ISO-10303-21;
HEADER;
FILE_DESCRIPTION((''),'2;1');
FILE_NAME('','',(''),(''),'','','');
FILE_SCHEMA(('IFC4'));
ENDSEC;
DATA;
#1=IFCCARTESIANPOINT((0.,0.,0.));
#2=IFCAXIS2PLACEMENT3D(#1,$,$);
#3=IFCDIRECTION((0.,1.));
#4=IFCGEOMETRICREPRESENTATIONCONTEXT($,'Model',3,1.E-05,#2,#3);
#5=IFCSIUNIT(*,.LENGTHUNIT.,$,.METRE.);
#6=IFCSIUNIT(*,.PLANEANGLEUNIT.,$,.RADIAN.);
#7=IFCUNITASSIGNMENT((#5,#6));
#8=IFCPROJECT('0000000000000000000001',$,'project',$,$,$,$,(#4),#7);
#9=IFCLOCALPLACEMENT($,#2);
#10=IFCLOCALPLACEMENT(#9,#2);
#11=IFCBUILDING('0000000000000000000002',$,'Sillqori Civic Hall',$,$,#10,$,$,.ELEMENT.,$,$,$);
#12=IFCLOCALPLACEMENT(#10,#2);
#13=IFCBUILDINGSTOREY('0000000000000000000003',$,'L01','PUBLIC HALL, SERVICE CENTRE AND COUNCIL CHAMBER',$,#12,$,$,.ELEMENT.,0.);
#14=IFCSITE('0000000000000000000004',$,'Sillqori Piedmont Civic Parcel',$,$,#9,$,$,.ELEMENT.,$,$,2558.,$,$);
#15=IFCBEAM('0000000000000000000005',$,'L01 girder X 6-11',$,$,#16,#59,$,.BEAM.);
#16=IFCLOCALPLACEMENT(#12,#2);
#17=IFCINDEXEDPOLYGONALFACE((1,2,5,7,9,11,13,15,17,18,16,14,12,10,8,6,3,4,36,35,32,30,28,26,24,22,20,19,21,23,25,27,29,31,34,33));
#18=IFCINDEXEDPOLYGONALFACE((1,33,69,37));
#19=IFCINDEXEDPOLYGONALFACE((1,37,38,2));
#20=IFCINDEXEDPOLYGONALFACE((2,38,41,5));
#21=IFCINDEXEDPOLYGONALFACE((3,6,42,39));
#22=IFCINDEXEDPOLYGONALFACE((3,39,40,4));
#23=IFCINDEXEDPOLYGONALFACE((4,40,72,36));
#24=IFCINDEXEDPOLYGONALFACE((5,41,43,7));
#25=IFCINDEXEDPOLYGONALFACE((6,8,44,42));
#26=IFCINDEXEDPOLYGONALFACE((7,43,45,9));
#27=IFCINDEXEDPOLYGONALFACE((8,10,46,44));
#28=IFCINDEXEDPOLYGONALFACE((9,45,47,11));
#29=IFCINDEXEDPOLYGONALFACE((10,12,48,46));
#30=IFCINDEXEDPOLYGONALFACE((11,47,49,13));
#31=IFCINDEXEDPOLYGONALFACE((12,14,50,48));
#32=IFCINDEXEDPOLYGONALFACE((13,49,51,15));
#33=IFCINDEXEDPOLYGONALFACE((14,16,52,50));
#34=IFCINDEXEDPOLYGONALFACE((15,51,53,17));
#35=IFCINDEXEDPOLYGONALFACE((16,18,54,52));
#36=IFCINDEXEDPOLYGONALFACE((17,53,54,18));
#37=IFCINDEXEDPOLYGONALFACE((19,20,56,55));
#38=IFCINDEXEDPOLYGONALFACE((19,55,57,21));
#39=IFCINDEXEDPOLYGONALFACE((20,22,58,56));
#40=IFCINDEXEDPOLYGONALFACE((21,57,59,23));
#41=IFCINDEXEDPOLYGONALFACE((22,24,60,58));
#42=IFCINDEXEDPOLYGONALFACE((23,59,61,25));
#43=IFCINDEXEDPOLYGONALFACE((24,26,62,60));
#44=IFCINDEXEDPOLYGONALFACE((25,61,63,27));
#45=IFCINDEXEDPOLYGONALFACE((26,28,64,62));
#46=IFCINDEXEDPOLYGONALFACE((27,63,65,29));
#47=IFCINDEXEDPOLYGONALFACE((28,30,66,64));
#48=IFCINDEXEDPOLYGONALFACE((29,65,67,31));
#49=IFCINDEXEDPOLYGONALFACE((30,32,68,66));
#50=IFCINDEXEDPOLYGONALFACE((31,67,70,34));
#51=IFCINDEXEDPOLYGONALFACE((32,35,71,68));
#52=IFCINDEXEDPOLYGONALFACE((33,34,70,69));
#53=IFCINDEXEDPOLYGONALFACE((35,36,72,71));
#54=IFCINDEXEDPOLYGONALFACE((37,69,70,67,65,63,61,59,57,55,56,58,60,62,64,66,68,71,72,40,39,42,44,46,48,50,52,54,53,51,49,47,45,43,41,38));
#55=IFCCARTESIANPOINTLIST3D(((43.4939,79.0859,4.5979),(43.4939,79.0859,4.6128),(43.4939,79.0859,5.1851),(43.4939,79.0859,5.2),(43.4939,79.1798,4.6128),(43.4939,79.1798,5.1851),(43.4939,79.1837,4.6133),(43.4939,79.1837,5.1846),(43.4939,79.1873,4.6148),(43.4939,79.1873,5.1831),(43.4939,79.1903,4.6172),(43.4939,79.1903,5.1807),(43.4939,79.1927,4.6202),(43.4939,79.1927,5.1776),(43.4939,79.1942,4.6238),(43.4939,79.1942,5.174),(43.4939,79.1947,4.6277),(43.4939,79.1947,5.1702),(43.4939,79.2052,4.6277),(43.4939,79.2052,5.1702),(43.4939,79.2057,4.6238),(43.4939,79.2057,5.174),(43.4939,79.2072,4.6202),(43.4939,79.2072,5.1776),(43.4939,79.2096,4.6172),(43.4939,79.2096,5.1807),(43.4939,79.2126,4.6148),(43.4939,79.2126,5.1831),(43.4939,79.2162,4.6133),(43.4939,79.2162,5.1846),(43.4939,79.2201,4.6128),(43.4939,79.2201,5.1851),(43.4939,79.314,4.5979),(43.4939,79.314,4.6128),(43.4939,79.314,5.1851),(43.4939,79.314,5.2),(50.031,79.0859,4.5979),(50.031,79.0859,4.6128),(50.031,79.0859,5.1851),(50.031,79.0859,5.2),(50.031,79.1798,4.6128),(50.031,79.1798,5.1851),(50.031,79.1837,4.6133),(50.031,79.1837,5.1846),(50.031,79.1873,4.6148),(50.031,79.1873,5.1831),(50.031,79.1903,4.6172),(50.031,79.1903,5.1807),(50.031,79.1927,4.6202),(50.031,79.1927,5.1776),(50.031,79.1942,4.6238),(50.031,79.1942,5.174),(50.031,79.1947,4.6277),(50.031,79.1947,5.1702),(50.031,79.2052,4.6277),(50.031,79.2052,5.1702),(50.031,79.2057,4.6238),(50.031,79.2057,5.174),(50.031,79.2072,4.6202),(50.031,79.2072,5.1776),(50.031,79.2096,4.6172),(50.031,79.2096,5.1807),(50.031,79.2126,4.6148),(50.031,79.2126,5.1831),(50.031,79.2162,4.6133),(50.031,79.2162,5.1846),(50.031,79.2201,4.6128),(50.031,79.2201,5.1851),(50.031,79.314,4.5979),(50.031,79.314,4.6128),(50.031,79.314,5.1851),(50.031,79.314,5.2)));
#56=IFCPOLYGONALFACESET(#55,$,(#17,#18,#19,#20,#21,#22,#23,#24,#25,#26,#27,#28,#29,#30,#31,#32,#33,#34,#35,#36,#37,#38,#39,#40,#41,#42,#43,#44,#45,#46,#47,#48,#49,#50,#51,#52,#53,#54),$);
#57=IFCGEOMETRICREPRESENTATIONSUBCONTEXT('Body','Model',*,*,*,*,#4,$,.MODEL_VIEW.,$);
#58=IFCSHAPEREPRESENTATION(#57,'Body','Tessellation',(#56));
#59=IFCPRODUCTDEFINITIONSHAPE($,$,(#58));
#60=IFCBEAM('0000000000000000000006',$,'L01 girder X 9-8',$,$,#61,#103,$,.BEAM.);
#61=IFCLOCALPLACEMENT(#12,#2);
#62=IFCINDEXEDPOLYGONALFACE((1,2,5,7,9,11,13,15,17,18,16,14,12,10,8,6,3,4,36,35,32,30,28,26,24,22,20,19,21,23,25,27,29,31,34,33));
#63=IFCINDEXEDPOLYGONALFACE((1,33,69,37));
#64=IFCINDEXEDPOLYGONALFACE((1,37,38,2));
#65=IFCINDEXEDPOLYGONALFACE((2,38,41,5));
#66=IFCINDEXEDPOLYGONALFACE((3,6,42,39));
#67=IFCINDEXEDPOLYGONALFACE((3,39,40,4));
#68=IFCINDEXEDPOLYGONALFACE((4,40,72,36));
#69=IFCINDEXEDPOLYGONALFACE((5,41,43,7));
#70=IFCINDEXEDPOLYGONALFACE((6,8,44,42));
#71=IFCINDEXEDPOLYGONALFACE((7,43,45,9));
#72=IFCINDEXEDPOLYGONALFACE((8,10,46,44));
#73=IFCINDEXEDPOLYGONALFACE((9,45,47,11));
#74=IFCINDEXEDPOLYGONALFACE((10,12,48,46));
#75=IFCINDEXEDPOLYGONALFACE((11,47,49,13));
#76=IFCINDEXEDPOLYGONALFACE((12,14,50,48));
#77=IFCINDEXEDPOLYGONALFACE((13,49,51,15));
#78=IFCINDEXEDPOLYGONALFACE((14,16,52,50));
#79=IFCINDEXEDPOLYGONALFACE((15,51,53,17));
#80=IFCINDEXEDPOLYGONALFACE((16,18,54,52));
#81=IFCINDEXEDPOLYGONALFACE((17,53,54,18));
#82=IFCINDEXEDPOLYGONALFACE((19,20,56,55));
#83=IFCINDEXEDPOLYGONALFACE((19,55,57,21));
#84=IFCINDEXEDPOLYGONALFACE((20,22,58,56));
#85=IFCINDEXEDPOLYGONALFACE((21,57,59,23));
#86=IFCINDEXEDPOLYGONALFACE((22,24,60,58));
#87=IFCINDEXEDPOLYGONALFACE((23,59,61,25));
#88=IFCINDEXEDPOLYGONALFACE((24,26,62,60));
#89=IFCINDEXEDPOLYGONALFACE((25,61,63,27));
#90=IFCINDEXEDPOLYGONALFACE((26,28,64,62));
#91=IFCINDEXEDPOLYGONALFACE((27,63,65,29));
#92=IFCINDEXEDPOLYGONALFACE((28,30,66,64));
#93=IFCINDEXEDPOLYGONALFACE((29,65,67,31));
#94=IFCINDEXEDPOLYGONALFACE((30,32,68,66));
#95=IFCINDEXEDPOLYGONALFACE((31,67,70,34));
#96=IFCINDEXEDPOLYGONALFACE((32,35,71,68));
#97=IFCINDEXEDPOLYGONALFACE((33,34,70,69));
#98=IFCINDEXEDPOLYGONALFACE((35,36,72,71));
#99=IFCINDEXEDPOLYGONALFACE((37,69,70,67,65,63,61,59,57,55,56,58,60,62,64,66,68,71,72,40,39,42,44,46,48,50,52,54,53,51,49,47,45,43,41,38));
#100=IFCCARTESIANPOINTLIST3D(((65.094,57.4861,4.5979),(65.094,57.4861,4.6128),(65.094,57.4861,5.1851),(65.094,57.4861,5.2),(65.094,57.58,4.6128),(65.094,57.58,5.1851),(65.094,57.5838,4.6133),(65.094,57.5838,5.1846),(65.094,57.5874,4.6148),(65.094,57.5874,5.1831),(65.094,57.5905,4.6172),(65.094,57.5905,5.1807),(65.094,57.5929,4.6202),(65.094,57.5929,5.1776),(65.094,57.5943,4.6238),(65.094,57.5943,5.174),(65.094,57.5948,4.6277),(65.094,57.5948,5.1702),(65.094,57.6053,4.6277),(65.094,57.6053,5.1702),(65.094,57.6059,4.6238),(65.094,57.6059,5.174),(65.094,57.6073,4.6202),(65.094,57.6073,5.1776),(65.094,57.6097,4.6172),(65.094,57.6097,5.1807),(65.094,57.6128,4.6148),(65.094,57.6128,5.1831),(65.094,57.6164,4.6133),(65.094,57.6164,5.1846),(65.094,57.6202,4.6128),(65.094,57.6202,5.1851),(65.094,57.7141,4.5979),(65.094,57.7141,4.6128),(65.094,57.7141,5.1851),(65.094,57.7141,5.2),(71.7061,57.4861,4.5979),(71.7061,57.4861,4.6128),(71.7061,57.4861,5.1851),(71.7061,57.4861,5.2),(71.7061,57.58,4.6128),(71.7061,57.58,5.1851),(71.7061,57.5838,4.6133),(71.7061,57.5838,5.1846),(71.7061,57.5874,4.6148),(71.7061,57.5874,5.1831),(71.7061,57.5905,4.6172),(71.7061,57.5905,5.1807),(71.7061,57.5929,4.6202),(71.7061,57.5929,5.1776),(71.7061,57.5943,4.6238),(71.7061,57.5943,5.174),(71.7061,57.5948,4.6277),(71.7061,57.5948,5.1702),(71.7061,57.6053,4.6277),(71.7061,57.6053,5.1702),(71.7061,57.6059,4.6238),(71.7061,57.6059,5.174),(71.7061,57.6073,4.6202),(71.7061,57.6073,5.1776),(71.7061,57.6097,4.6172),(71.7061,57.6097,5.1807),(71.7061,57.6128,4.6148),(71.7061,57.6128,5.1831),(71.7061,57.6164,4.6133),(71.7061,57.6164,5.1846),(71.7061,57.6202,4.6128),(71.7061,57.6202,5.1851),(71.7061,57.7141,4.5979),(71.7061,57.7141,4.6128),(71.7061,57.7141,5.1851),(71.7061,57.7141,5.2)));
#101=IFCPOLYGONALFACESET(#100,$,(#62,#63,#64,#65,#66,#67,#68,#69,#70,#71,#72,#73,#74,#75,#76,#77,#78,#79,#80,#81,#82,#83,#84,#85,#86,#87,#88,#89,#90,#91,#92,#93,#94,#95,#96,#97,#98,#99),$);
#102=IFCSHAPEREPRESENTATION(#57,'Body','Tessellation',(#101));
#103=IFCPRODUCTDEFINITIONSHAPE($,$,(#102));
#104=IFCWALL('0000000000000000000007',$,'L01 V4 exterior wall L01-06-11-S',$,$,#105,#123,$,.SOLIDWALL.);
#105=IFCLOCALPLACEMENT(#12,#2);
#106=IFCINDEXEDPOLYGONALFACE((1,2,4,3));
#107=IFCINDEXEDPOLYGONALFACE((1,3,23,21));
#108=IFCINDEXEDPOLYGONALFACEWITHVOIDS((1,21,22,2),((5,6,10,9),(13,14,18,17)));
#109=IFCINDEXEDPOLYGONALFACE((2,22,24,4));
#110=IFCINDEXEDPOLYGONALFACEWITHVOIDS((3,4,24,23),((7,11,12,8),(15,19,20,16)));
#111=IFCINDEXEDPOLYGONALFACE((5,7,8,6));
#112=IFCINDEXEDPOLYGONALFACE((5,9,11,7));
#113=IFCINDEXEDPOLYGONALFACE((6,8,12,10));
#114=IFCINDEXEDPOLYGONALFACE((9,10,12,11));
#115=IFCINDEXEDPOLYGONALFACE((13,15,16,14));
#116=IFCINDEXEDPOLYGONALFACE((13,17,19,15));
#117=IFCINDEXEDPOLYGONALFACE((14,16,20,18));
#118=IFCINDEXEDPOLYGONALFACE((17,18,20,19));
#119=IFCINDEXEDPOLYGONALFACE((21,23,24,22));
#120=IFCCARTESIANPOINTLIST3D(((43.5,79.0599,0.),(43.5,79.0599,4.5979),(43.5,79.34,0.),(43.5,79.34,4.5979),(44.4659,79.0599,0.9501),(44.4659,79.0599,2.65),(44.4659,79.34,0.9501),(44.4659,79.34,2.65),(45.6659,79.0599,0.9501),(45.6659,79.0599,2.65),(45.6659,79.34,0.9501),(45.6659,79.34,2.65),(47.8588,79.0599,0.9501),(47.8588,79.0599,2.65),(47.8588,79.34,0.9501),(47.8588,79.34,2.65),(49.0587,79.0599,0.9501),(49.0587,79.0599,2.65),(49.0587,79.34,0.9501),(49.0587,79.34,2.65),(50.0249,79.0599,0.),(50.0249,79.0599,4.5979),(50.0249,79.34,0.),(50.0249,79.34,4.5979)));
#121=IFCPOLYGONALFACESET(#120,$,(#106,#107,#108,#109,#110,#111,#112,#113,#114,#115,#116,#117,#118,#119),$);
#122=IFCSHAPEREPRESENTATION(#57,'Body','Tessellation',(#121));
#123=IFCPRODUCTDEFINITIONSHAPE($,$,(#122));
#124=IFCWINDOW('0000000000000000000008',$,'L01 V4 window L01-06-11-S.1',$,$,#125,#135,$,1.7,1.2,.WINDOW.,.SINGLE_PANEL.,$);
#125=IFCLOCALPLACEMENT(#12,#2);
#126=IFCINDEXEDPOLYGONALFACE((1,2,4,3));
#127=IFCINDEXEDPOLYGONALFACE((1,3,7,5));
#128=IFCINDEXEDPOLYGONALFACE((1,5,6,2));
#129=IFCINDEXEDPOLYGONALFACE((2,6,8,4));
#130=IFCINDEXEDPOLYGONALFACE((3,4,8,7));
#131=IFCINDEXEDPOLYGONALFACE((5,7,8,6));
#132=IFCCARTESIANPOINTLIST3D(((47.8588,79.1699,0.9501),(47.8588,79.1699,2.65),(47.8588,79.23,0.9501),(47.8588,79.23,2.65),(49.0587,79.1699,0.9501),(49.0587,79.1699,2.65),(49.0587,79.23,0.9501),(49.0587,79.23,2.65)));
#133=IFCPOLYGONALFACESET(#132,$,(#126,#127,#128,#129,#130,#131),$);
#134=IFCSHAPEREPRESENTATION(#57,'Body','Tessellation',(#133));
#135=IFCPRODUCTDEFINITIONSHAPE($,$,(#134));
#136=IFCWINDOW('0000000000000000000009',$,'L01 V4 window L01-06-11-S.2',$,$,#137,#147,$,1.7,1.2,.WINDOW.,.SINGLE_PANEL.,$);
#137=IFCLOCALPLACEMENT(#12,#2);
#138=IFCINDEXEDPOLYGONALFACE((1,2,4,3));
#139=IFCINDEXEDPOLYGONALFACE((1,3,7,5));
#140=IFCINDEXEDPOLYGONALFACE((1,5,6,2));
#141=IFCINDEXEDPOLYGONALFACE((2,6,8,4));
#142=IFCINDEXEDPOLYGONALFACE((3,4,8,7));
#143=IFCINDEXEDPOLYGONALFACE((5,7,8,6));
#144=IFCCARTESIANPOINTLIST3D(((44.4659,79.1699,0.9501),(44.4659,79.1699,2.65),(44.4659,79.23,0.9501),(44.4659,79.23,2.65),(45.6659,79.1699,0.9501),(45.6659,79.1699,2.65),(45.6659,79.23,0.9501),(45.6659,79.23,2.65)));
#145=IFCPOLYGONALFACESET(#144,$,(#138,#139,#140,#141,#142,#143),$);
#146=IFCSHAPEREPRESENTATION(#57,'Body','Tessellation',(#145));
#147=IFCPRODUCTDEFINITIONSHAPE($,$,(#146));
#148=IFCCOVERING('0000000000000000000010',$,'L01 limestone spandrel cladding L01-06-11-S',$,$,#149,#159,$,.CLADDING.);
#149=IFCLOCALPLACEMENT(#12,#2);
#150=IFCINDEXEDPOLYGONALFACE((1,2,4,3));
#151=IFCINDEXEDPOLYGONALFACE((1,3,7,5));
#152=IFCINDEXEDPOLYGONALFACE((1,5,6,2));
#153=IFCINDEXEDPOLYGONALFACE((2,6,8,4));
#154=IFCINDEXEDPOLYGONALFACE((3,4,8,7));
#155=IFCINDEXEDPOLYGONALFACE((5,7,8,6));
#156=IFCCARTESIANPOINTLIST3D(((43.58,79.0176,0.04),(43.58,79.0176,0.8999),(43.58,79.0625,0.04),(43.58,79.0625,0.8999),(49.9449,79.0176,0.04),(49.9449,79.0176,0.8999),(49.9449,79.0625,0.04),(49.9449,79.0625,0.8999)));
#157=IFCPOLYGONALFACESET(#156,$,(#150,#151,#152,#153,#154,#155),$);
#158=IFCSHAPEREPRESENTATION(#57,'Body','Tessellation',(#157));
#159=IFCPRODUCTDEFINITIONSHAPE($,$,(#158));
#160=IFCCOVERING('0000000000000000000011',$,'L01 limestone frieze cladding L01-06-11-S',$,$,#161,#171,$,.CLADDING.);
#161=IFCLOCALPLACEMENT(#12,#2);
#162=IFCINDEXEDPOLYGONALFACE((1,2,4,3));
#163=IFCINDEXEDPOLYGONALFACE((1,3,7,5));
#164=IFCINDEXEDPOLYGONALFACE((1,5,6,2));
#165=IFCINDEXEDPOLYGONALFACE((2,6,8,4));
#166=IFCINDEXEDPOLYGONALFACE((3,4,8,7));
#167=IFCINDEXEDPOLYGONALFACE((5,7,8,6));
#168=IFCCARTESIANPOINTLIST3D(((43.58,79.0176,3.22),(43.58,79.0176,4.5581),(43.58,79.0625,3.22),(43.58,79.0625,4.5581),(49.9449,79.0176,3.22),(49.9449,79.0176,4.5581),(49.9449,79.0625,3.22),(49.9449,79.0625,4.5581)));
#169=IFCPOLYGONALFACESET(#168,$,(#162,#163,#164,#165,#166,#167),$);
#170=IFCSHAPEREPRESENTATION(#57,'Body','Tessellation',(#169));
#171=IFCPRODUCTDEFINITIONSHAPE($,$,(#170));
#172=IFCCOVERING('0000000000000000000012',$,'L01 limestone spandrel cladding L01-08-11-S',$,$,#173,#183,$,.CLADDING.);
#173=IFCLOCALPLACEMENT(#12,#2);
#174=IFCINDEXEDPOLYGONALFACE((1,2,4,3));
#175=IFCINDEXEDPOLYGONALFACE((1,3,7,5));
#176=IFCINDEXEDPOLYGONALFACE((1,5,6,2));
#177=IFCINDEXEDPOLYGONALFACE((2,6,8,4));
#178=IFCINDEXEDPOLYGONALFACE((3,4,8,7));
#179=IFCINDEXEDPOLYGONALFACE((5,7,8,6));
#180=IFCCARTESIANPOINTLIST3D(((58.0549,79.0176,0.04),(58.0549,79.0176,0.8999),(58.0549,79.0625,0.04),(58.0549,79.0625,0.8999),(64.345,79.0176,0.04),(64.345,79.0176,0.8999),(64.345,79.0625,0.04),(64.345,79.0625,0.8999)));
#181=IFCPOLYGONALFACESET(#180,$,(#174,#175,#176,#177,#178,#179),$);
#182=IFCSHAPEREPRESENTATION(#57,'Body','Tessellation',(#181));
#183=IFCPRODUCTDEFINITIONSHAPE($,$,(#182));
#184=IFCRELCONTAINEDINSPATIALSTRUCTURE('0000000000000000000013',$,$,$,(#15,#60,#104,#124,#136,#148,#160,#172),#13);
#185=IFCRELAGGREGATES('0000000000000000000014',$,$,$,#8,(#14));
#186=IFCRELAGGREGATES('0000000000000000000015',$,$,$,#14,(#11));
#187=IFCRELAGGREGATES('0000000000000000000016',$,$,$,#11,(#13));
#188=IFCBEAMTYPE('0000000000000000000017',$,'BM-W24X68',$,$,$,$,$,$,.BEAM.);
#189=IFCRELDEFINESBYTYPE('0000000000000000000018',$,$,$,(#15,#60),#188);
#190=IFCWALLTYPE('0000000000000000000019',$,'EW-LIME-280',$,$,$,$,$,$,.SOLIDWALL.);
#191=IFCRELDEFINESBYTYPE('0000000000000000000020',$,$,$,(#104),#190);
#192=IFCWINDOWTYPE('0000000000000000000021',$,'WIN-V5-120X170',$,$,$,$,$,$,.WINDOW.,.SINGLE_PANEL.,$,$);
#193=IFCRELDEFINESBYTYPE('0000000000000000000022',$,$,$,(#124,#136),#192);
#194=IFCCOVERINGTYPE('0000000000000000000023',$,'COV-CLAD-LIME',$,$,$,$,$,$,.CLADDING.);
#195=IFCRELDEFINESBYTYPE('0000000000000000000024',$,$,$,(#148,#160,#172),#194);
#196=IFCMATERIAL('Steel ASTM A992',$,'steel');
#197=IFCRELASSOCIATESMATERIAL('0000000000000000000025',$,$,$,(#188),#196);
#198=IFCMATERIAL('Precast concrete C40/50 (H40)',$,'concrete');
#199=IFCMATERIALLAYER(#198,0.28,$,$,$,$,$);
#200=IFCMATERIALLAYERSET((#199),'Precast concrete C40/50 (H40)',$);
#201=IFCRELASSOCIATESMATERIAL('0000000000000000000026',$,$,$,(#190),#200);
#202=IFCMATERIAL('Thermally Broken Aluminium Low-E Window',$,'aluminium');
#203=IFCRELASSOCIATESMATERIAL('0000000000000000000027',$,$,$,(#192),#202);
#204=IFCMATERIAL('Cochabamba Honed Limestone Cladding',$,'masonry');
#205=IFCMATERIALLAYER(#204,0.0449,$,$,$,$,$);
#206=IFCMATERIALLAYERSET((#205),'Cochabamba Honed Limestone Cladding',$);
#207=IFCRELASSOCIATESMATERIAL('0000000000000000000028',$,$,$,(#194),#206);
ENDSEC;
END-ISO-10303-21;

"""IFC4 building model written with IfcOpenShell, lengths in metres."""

from ifc_helpers import new_model, si_unit, direction, frame, frame_2d, origin, origin_2d, place, context, subcontext, project, spatial, rectangle, i_section, extrude, material, layer, layer_set, material_profile, profile_set, type_object, element, fill, save


model = new_model("IFC4")

# Units and contexts
model_context = context("Model", 3, precision=1e-05, world=origin(), true_north=direction((0.0, 1.0)))
body_context = subcontext(model_context, "Body", "Model", "MODEL_VIEW")
ifc_project = project(units=[si_unit("LENGTHUNIT", "METRE"), si_unit("PLANEANGLEUNIT", "RADIAN")], contexts=[model_context])

# Site, building, storey
site_placement = place(None, origin())
site = spatial("IfcSite", under=ifc_project, at=site_placement, Name="Sillqori Piedmont Civic Parcel", CompositionType="ELEMENT", RefElevation=2558.0)
building_placement = place(site_placement, origin())
building = spatial("IfcBuilding", under=site, at=building_placement, Name="Sillqori Civic Hall", CompositionType="ELEMENT")
storey_placement = place(building_placement, origin())
storey = spatial("IfcBuildingStorey", under=building, at=storey_placement, Name="L01", Description="PUBLIC HALL, SERVICE CENTRE AND COUNCIL CHAMBER", CompositionType="ELEMENT", Elevation=0.0)

# Beams
ifc_material_1 = material(Name="Steel ASTM A992", Category="steel")
ifc_material_profile_1 = material_profile(ifc_material_1, i_section(OverallWidth=0.228, OverallDepth=0.6021, WebThickness=0.0105, FlangeThickness=0.0149, FilletRadius=0.0149, at=origin_2d()), Name="W24X68")
ifc_profile_set_1 = profile_set([ifc_material_profile_1], Name="Steel ASTM A992")
beam_type = type_object("IfcBeamType", Name="BM-W24X68", PredefinedType="BEAM", material=ifc_profile_set_1)
beam_1_placement = place(storey_placement, frame((43.4939, 79.2, 4.8989), z_axis=(1.0, 0.0, 0.0), x_axis=(0.0, 1.0, 0.0)))
element("IfcBeam", 1, at=beam_1_placement, inside=storey, type_object=beam_type, Name="L01 girder X 6-11", PredefinedType="BEAM", context=body_context, shape_type="SweptSolid", body=[
    extrude(i_section(OverallWidth=0.228, OverallDepth=0.6021, WebThickness=0.0105, FlangeThickness=0.0149, FilletRadius=0.0149, at=origin_2d()), origin(), (0.0, 0.0, 1.0), 6.5371),
])
beam_2_placement = place(storey_placement, frame((65.094, 57.6001, 4.8989), z_axis=(1.0, 0.0, 0.0), x_axis=(0.0, 1.0, 0.0)))
element("IfcBeam", 2, at=beam_2_placement, inside=storey, type_object=beam_type, Name="L01 girder X 9-8", PredefinedType="BEAM", context=body_context, shape_type="SweptSolid", body=[
    extrude(i_section(OverallWidth=0.228, OverallDepth=0.6021, WebThickness=0.0105, FlangeThickness=0.0149, FilletRadius=0.0149, at=origin_2d()), origin(), (0.0, 0.0, 1.0), 6.6121),
])

# Wall, openings, windows
ifc_material_2 = material(Name="Precast concrete C40/50 (H40)", Category="concrete")
ifc_layer_1 = layer(ifc_material_2, 0.28)
ifc_layer_set_1 = layer_set([ifc_layer_1], Name="Precast concrete C40/50 (H40)")
wall_type = type_object("IfcWallType", Name="EW-LIME-280", PredefinedType="SOLIDWALL", material=ifc_layer_set_1)
wall_placement = place(storey_placement, frame((50.0249, 79.2, 0.0), z_axis=(0.0, 0.0, 1.0), x_axis=(-1.0, 0.0, 0.0)))
wall = element("IfcWall", 3, at=wall_placement, inside=storey, type_object=wall_type, Name="L01 V4 exterior wall L01-06-11-S", PredefinedType="SOLIDWALL", context=body_context, shape_type="SweptSolid", body=[
    extrude(rectangle(XDim=6.5249, YDim=0.28, at=frame_2d((3.2625, 0.0))), origin(), (0.0, 0.0, 1.0), 4.5979),
])
opening_1_placement = place(wall_placement, frame((0.9661, 0.0, 0.95)))
opening_1 = element("IfcOpeningElement", 4, at=opening_1_placement, cuts=wall, PredefinedType="OPENING", context=body_context, shape_type="SweptSolid", body=[
    extrude(rectangle(XDim=1.2, YDim=1.7, at=frame_2d((0.6001, 0.8501))), frame((0.0, 0.1499, 0.0), z_axis=(0.0, -1.0, 0.0), x_axis=(1.0, 0.0, 0.0)), (0.0, 0.0, 1.0), 0.3),
])
opening_2_placement = place(wall_placement, frame((4.3589, 0.0, 0.95)))
opening_2 = element("IfcOpeningElement", 5, at=opening_2_placement, cuts=wall, PredefinedType="OPENING", context=body_context, shape_type="SweptSolid", body=[
    extrude(rectangle(XDim=1.2, YDim=1.7, at=frame_2d((0.6001, 0.8501))), frame((0.0, 0.1499, 0.0), z_axis=(0.0, -1.0, 0.0), x_axis=(1.0, 0.0, 0.0)), (0.0, 0.0, 1.0), 0.3),
])
ifc_material_3 = material(Name="Thermally Broken Aluminium Low-E Window", Category="aluminium")
window_type = type_object("IfcWindowType", Name="WIN-V5-120X170", PartitioningType="SINGLE_PANEL", PredefinedType="WINDOW", material=ifc_material_3)
window_1_placement = place(opening_1_placement, origin())
window_1 = element("IfcWindow", 6, at=window_1_placement, inside=storey, type_object=window_type, Name="L01 V4 window L01-06-11-S.1", OverallHeight=1.7, OverallWidth=1.2, PartitioningType="SINGLE_PANEL", PredefinedType="WINDOW", context=body_context, shape_type="SweptSolid", body=[
    extrude(rectangle(XDim=1.2, YDim=1.7, at=frame_2d((0.6001, 0.8501))), frame((0.0, 0.03, 0.0), z_axis=(0.0, -1.0, 0.0), x_axis=(1.0, 0.0, 0.0)), (0.0, 0.0, 1.0), 0.0601),
])
fill(opening_1, window_1)
window_2_placement = place(opening_2_placement, origin())
window_2 = element("IfcWindow", 7, at=window_2_placement, inside=storey, type_object=window_type, Name="L01 V4 window L01-06-11-S.2", OverallHeight=1.7, OverallWidth=1.2, PartitioningType="SINGLE_PANEL", PredefinedType="WINDOW", context=body_context, shape_type="SweptSolid", body=[
    extrude(rectangle(XDim=1.2, YDim=1.7, at=frame_2d((0.6001, 0.8501))), frame((0.0, 0.03, 0.0), z_axis=(0.0, -1.0, 0.0), x_axis=(1.0, 0.0, 0.0)), (0.0, 0.0, 1.0), 0.0601),
])
fill(opening_2, window_2)

# Coverings
ifc_material_4 = material(Name="Cochabamba Honed Limestone Cladding", Category="masonry")
ifc_layer_2 = layer(ifc_material_4, 0.0449)
ifc_layer_set_2 = layer_set([ifc_layer_2], Name="Cochabamba Honed Limestone Cladding")
covering_type = type_object("IfcCoveringType", Name="COV-CLAD-LIME", PredefinedType="CLADDING", material=ifc_layer_set_2)
covering_1_placement = place(storey_placement, frame((49.9451, 79.04, 0.04), z_axis=(0.0, 0.0, 1.0), x_axis=(-1.0, 0.0, 0.0)))
element("IfcCovering", 8, at=covering_1_placement, inside=storey, type_object=covering_type, Name="L01 limestone spandrel cladding L01-06-11-S", PredefinedType="CLADDING", context=body_context, shape_type="SweptSolid", body=[
    extrude(rectangle(XDim=6.365, YDim=0.0449, at=frame_2d((3.1826, 0.0))), origin(), (0.0, 0.0, 1.0), 0.8599),
])
covering_2_placement = place(storey_placement, frame((49.9451, 79.04, 3.22), z_axis=(0.0, 0.0, 1.0), x_axis=(-1.0, 0.0, 0.0)))
element("IfcCovering", 9, at=covering_2_placement, inside=storey, type_object=covering_type, Name="L01 limestone frieze cladding L01-06-11-S", PredefinedType="CLADDING", context=body_context, shape_type="SweptSolid", body=[
    extrude(rectangle(XDim=6.365, YDim=0.0449, at=frame_2d((3.1826, 0.0))), origin(), (0.0, 0.0, 1.0), 1.3381),
])
covering_3_placement = place(storey_placement, frame((64.345, 79.04, 0.04), z_axis=(0.0, 0.0, 1.0), x_axis=(-1.0, 0.0, 0.0)))
element("IfcCovering", 10, at=covering_3_placement, inside=storey, type_object=covering_type, Name="L01 limestone spandrel cladding L01-08-11-S", PredefinedType="CLADDING", context=body_context, shape_type="SweptSolid", body=[
    extrude(rectangle(XDim=6.29, YDim=0.0449, at=frame_2d((3.145, 0.0))), origin(), (0.0, 0.0, 1.0), 0.8599),
])

save(model, "model.ifc")
